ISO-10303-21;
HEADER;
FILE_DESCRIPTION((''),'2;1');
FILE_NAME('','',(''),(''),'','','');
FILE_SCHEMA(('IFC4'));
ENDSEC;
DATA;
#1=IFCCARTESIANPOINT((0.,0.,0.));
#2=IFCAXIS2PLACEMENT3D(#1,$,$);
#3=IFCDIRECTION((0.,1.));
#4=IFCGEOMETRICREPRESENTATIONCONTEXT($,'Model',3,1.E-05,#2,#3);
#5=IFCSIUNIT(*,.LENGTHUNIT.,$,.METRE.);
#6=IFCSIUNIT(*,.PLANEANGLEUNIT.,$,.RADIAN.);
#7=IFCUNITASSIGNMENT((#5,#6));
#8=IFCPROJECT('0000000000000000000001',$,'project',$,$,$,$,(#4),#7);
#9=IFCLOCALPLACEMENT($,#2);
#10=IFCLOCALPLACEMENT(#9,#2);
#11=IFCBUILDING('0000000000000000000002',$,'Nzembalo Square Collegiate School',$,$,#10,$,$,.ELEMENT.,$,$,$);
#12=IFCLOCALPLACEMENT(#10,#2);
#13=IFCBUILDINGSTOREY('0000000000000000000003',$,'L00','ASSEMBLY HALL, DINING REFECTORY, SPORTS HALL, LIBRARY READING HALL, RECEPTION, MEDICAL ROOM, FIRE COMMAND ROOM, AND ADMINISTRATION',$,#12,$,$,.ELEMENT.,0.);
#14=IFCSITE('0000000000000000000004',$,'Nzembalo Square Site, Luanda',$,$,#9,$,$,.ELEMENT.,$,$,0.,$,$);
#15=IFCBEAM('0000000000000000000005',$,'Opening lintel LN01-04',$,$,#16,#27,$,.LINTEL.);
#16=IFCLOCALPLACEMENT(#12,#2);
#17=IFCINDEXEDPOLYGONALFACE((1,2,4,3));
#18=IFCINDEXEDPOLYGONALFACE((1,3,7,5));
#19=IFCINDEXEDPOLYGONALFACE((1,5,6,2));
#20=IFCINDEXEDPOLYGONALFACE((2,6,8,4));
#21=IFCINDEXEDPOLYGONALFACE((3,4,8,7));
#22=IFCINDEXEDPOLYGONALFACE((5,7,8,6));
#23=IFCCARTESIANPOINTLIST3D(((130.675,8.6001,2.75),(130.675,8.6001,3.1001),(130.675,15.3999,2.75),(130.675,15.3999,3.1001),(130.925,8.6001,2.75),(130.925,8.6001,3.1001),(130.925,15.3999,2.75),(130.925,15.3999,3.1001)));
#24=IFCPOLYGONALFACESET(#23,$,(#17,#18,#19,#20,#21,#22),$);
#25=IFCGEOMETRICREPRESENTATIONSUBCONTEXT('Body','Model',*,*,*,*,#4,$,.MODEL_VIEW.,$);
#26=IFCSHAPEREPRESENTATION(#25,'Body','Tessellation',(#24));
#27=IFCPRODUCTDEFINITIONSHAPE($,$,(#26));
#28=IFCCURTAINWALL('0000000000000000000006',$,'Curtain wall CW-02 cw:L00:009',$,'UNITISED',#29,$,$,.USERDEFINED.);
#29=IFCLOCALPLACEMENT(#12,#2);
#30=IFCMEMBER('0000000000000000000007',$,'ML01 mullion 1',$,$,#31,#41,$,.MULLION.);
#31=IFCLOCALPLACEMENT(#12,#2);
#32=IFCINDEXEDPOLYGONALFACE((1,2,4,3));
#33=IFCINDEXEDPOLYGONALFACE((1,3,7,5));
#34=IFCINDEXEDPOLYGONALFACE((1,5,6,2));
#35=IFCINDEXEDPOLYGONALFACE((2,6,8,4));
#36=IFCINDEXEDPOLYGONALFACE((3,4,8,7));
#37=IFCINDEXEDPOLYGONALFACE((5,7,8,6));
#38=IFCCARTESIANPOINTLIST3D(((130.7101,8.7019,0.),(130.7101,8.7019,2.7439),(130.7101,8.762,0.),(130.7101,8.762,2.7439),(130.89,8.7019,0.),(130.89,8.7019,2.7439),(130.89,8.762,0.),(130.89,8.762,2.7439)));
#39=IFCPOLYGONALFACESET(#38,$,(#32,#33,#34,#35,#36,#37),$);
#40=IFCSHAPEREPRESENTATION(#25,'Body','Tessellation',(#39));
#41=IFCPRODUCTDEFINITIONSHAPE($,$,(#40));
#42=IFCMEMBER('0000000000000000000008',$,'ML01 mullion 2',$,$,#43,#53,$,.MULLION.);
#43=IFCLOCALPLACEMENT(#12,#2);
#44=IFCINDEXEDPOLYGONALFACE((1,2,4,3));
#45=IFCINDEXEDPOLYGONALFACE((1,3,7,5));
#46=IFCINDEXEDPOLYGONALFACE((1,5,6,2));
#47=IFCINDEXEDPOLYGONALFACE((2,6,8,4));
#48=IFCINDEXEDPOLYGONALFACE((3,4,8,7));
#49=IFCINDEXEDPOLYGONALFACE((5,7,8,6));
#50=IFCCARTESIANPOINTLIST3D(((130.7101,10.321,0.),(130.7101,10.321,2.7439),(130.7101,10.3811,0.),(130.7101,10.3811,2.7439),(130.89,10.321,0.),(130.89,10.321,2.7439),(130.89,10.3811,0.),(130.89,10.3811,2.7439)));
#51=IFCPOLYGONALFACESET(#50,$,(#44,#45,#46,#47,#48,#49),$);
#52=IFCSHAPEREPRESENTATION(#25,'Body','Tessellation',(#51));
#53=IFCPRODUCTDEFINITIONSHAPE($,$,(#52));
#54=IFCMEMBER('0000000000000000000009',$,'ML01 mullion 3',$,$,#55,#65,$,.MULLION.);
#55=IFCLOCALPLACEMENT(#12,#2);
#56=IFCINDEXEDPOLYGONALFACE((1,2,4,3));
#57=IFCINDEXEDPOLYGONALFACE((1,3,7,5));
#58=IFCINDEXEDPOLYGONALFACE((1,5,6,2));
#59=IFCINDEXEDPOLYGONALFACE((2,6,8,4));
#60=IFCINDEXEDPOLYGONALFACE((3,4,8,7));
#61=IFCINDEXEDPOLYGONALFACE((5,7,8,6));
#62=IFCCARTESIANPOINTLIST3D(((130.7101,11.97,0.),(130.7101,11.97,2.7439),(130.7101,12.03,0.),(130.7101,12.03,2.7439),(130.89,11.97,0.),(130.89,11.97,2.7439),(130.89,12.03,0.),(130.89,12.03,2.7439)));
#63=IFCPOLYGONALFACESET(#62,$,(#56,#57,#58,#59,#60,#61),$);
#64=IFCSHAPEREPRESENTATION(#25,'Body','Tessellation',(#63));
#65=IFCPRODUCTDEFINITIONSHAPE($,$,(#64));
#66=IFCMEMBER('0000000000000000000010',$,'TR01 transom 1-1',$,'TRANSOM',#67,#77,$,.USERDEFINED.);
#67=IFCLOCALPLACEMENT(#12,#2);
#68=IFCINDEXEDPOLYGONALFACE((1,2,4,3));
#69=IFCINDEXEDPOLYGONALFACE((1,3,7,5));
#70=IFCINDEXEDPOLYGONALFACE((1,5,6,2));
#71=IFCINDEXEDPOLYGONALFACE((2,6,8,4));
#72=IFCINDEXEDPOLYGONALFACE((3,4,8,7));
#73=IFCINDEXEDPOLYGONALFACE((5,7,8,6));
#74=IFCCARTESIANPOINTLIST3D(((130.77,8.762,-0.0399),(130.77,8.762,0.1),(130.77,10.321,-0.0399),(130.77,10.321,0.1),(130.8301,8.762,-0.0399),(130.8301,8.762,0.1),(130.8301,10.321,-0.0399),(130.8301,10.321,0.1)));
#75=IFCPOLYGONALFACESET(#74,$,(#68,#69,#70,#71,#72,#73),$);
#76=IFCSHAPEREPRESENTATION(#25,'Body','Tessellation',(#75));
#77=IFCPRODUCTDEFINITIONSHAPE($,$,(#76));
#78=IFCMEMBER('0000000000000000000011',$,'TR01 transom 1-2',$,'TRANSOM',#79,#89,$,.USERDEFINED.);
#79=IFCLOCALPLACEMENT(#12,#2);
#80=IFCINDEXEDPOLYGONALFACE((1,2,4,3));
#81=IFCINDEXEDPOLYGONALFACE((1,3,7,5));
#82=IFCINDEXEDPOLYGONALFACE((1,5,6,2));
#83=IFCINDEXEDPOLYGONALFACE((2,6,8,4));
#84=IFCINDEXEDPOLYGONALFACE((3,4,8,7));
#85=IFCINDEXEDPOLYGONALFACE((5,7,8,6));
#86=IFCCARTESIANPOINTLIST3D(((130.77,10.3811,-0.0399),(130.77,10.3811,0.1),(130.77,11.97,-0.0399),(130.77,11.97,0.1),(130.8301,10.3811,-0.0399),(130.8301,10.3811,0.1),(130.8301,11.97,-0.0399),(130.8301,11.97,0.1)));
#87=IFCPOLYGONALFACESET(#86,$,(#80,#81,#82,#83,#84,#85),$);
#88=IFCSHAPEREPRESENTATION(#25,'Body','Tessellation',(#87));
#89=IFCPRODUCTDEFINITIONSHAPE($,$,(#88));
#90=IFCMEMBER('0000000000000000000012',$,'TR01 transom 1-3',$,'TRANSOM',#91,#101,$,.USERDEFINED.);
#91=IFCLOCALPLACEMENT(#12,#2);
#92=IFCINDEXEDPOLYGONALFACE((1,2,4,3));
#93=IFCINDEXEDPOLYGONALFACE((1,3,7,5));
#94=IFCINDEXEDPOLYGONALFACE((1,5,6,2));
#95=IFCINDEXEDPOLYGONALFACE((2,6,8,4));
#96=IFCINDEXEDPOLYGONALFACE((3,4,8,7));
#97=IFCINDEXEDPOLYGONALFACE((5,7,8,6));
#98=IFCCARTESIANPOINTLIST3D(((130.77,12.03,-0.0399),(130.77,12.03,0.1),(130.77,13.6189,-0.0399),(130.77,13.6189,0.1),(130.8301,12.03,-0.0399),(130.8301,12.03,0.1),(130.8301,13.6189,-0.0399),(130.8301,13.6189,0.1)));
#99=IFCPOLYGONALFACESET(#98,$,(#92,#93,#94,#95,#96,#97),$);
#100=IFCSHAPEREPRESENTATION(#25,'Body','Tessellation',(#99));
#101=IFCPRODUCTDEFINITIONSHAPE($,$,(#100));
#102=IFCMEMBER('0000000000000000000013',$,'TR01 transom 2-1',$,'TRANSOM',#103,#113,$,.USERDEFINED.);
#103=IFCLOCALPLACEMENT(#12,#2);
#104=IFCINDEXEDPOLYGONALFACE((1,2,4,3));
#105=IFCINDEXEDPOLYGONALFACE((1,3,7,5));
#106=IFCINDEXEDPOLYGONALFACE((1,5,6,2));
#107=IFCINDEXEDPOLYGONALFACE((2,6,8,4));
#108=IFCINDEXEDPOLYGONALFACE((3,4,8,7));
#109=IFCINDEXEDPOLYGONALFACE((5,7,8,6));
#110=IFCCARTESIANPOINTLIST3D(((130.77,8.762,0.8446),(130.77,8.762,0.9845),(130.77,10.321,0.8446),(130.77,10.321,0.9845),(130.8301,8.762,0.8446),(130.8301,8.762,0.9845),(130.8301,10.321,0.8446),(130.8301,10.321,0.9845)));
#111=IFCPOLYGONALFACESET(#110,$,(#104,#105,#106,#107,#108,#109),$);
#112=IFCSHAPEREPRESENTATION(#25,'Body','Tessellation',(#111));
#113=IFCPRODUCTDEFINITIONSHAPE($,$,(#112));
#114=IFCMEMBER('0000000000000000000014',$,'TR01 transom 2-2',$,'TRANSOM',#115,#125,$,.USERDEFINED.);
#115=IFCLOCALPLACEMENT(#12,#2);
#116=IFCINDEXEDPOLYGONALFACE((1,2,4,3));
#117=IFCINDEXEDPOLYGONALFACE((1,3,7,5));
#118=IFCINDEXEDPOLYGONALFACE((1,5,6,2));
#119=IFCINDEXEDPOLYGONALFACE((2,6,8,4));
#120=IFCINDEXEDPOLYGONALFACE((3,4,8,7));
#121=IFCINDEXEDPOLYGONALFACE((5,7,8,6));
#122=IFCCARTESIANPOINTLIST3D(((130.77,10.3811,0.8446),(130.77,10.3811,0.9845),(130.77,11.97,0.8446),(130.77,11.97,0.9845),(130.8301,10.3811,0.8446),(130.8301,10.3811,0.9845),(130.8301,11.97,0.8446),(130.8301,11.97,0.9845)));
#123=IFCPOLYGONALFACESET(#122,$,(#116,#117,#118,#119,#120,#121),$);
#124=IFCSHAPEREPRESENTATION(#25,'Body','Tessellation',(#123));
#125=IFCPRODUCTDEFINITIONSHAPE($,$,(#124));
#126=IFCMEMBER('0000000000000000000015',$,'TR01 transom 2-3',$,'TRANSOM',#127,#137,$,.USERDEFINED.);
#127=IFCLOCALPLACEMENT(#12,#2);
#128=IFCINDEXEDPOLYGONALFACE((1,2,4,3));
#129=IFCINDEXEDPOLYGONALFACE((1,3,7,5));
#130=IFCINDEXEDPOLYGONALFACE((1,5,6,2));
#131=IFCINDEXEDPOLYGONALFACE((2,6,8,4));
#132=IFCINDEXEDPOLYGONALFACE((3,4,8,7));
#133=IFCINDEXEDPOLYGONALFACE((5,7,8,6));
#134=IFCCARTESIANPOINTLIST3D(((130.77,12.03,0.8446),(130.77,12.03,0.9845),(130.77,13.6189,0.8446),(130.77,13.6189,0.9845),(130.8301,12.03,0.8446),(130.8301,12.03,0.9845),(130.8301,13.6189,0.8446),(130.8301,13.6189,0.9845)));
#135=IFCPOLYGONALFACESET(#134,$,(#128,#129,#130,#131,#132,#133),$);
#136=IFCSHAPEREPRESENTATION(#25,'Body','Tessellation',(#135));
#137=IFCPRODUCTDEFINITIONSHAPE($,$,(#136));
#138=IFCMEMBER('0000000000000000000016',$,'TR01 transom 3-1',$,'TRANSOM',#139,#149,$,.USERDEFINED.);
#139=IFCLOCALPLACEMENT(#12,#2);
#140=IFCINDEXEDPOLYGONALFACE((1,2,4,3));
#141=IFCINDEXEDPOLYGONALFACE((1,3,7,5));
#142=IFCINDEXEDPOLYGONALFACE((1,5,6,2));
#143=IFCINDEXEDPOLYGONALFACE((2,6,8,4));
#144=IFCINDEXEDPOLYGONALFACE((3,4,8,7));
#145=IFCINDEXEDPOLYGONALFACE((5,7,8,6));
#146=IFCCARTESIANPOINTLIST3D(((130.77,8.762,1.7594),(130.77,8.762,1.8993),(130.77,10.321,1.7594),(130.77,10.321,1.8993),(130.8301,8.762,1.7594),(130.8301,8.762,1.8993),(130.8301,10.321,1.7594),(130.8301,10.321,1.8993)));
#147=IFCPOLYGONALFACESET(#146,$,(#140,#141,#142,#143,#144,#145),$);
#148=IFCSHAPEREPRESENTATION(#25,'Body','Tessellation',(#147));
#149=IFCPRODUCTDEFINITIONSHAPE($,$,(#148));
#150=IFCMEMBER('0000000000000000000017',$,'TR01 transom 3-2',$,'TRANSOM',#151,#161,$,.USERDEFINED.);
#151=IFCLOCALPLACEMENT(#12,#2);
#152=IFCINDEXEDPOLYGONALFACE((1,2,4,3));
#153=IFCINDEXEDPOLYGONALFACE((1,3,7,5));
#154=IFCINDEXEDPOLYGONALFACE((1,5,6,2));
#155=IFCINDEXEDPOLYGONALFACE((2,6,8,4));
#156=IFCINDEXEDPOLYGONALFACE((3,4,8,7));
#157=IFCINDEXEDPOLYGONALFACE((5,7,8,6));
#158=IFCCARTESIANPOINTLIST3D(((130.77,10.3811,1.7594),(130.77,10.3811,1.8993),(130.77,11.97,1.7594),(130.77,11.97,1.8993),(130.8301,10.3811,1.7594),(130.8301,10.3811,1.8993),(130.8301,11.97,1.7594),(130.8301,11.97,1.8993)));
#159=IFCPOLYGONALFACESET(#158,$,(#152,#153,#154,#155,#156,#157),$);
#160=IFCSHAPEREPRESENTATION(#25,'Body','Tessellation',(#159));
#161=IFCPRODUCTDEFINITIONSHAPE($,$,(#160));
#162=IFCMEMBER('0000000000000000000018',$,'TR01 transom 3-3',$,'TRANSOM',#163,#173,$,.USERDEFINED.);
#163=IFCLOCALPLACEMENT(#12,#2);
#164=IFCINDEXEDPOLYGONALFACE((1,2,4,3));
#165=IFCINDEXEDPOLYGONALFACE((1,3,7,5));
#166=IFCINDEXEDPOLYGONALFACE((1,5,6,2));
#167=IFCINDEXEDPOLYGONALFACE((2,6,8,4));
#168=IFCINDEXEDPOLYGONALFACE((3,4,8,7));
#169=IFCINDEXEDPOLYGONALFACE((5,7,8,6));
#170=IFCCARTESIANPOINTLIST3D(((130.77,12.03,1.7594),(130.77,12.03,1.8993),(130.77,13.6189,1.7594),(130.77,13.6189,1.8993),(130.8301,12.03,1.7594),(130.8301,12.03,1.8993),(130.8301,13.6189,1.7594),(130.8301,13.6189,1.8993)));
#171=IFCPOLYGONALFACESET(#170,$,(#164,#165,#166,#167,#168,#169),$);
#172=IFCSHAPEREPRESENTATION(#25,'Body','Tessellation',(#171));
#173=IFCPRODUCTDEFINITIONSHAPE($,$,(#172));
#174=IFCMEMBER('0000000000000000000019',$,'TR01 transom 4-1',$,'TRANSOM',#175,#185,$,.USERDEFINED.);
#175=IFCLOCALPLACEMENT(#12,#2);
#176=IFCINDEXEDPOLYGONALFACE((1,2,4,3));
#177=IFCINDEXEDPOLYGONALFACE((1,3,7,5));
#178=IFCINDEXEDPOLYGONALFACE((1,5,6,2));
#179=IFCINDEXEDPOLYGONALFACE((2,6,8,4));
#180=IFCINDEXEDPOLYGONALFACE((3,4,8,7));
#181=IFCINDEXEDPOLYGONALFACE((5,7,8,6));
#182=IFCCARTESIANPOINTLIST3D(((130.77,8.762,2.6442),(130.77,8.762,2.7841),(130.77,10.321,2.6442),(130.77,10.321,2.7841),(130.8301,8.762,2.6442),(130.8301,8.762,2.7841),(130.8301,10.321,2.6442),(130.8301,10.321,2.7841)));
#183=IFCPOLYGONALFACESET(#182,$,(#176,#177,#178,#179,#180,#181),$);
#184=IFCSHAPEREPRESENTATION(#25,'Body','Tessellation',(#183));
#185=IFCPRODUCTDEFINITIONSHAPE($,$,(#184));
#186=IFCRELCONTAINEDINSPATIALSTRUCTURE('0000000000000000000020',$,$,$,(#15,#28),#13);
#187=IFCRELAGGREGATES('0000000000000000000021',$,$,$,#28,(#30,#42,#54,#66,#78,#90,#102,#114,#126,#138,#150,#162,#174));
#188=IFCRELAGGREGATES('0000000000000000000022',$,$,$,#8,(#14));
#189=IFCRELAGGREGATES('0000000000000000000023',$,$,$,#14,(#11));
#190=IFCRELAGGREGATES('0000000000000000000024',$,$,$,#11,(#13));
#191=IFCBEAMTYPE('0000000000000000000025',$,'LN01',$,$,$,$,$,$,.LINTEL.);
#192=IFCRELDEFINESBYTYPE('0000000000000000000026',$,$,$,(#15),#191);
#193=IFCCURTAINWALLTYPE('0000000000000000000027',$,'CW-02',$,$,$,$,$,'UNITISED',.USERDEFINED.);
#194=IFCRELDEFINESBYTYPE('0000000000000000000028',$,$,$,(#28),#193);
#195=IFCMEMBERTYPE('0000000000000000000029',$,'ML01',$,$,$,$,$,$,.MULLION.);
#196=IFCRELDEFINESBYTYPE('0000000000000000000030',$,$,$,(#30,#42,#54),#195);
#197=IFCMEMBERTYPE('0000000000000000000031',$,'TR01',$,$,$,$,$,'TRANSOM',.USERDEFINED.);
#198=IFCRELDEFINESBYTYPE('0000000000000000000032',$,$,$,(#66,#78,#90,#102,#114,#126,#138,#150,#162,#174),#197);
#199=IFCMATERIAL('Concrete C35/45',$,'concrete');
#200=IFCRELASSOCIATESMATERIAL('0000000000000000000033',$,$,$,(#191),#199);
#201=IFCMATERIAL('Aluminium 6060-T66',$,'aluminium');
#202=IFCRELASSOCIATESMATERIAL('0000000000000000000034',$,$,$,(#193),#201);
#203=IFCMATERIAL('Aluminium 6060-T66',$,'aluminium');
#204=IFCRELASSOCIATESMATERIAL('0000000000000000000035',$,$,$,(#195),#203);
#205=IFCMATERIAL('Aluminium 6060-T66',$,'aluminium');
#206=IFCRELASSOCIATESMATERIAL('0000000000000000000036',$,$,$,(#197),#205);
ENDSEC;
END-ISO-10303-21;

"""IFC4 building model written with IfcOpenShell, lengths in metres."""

from ifc_helpers import new_model, si_unit, direction, frame, origin, origin_2d, place, context, subcontext, project, spatial, rectangle, extrude, material, material_profile, profile_set, type_object, element, aggregate, save


model = new_model("IFC4")

# Units and contexts
model_context = context("Model", 3, precision=1e-05, world=origin(), true_north=direction((0.0, 1.0)))
body_context = subcontext(model_context, "Body", "Model", "MODEL_VIEW")
ifc_project = project(units=[si_unit("LENGTHUNIT", "METRE"), si_unit("PLANEANGLEUNIT", "RADIAN")], contexts=[model_context])

# Site, building, storey
site_placement = place(None, origin())
site = spatial("IfcSite", under=ifc_project, at=site_placement, Name="Nzembalo Square Site, Luanda", CompositionType="ELEMENT", RefElevation=0.0)
building_placement = place(site_placement, origin())
building = spatial("IfcBuilding", under=site, at=building_placement, Name="Nzembalo Square Collegiate School", CompositionType="ELEMENT")
storey_placement = place(building_placement, origin())
storey = spatial("IfcBuildingStorey", under=building, at=storey_placement, Name="L00", Description="ASSEMBLY HALL, DINING REFECTORY, SPORTS HALL, LIBRARY READING HALL, RECEPTION, MEDICAL ROOM, FIRE COMMAND ROOM, AND ADMINISTRATION", CompositionType="ELEMENT", Elevation=0.0)

# Beam
ifc_material_1 = material(Name="Concrete C35/45", Category="concrete")
ifc_material_profile_1 = material_profile(ifc_material_1, rectangle(XDim=0.25, YDim=0.3501, at=origin_2d()), Name="RC 250x350")
ifc_profile_set_1 = profile_set([ifc_material_profile_1], Name="Concrete C35/45")
beam_type = type_object("IfcBeamType", Name="LN01", PredefinedType="LINTEL", material=ifc_profile_set_1)
beam_placement = place(storey_placement, frame((130.8, 8.6001, 2.925), z_axis=(0.0, 1.0, 0.0), x_axis=(-1.0, 0.0, 0.0)))
element("IfcBeam", 1, at=beam_placement, inside=storey, type_object=beam_type, Name="Opening lintel LN01-04", PredefinedType="LINTEL", context=body_context, shape_type="SweptSolid", body=[
    extrude(rectangle(XDim=0.25, YDim=0.3501, at=origin_2d()), origin(), (0.0, 0.0, 1.0), 6.7998),
])

# Curtain wall, members
ifc_material_2 = material(Name="Aluminium 6060-T66", Category="aluminium")
curtain_wall_type = type_object("IfcCurtainWallType", Name="CW-02", ElementType="UNITISED", PredefinedType="USERDEFINED", material=ifc_material_2)
curtain_wall_placement = place(storey_placement, origin())
curtain_wall = element("IfcCurtainWall", 2, at=curtain_wall_placement, inside=storey, type_object=curtain_wall_type, Name="Curtain wall CW-02 cw:L00:009", ObjectType="UNITISED", PredefinedType="USERDEFINED")
ifc_material_3 = material(Name="Aluminium 6060-T66", Category="aluminium")
ifc_material_profile_2 = material_profile(ifc_material_3, rectangle(XDim=0.0601, YDim=0.1799, at=origin_2d()), Name="ALU M60x180")
ifc_profile_set_2 = profile_set([ifc_material_profile_2], Name="Aluminium 6060-T66")
member_type_1 = type_object("IfcMemberType", Name="ML01", PredefinedType="MULLION", material=ifc_profile_set_2)
member_1_placement = place(storey_placement, frame((130.8, 8.7319, 0.0), z_axis=(0.0, 0.0, 1.0), x_axis=(0.0, 1.0, 0.0)))
member_1 = element("IfcMember", 3, at=member_1_placement, type_object=member_type_1, Name="ML01 mullion 1", PredefinedType="MULLION", context=body_context, shape_type="SweptSolid", body=[
    extrude(rectangle(XDim=0.0601, YDim=0.1799, at=origin_2d()), origin(), (0.0, 0.0, 1.0), 2.7439),
])
member_2_placement = place(storey_placement, frame((130.8, 10.3511, 0.0), z_axis=(0.0, 0.0, 1.0), x_axis=(0.0, 1.0, 0.0)))
member_2 = element("IfcMember", 4, at=member_2_placement, type_object=member_type_1, Name="ML01 mullion 2", PredefinedType="MULLION", context=body_context, shape_type="SweptSolid", body=[
    extrude(rectangle(XDim=0.0601, YDim=0.1799, at=origin_2d()), origin(), (0.0, 0.0, 1.0), 2.7439),
])
member_3_placement = place(storey_placement, frame((130.8, 12.0, 0.0), z_axis=(0.0, 0.0, 1.0), x_axis=(0.0, 1.0, 0.0)))
member_3 = element("IfcMember", 5, at=member_3_placement, type_object=member_type_1, Name="ML01 mullion 3", PredefinedType="MULLION", context=body_context, shape_type="SweptSolid", body=[
    extrude(rectangle(XDim=0.0601, YDim=0.1799, at=origin_2d()), origin(), (0.0, 0.0, 1.0), 2.7439),
])
ifc_material_4 = material(Name="Aluminium 6060-T66", Category="aluminium")
ifc_material_profile_3 = material_profile(ifc_material_4, rectangle(XDim=0.0601, YDim=0.1399, at=origin_2d()), Name="ALU T60x140")
ifc_profile_set_3 = profile_set([ifc_material_profile_3], Name="Aluminium 6060-T66")
member_type_2 = type_object("IfcMemberType", Name="TR01", ElementType="TRANSOM", PredefinedType="USERDEFINED", material=ifc_profile_set_3)
member_4_placement = place(storey_placement, frame((130.8, 8.762, 0.03), z_axis=(0.0, 1.0, 0.0), x_axis=(-1.0, 0.0, 0.0)))
member_4 = element("IfcMember", 6, at=member_4_placement, type_object=member_type_2, Name="TR01 transom 1-1", ObjectType="TRANSOM", PredefinedType="USERDEFINED", context=body_context, shape_type="SweptSolid", body=[
    extrude(rectangle(XDim=0.0601, YDim=0.1399, at=origin_2d()), origin(), (0.0, 0.0, 1.0), 1.5591),
])
member_5_placement = place(storey_placement, frame((130.8, 10.3811, 0.03), z_axis=(0.0, 1.0, 0.0), x_axis=(-1.0, 0.0, 0.0)))
member_5 = element("IfcMember", 7, at=member_5_placement, type_object=member_type_2, Name="TR01 transom 1-2", ObjectType="TRANSOM", PredefinedType="USERDEFINED", context=body_context, shape_type="SweptSolid", body=[
    extrude(rectangle(XDim=0.0601, YDim=0.1399, at=origin_2d()), origin(), (0.0, 0.0, 1.0), 1.5889),
])
member_6_placement = place(storey_placement, frame((130.8, 12.03, 0.03), z_axis=(0.0, 1.0, 0.0), x_axis=(-1.0, 0.0, 0.0)))
member_6 = element("IfcMember", 8, at=member_6_placement, type_object=member_type_2, Name="TR01 transom 1-3", ObjectType="TRANSOM", PredefinedType="USERDEFINED", context=body_context, shape_type="SweptSolid", body=[
    extrude(rectangle(XDim=0.0601, YDim=0.1399, at=origin_2d()), origin(), (0.0, 0.0, 1.0), 1.5889),
])
member_7_placement = place(storey_placement, frame((130.8, 8.762, 0.9146), z_axis=(0.0, 1.0, 0.0), x_axis=(-1.0, 0.0, 0.0)))
member_7 = element("IfcMember", 9, at=member_7_placement, type_object=member_type_2, Name="TR01 transom 2-1", ObjectType="TRANSOM", PredefinedType="USERDEFINED", context=body_context, shape_type="SweptSolid", body=[
    extrude(rectangle(XDim=0.0601, YDim=0.1399, at=origin_2d()), origin(), (0.0, 0.0, 1.0), 1.5591),
])
member_8_placement = place(storey_placement, frame((130.8, 10.3811, 0.9146), z_axis=(0.0, 1.0, 0.0), x_axis=(-1.0, 0.0, 0.0)))
member_8 = element("IfcMember", 10, at=member_8_placement, type_object=member_type_2, Name="TR01 transom 2-2", ObjectType="TRANSOM", PredefinedType="USERDEFINED", context=body_context, shape_type="SweptSolid", body=[
    extrude(rectangle(XDim=0.0601, YDim=0.1399, at=origin_2d()), origin(), (0.0, 0.0, 1.0), 1.5889),
])
member_9_placement = place(storey_placement, frame((130.8, 12.03, 0.9146), z_axis=(0.0, 1.0, 0.0), x_axis=(-1.0, 0.0, 0.0)))
member_9 = element("IfcMember", 11, at=member_9_placement, type_object=member_type_2, Name="TR01 transom 2-3", ObjectType="TRANSOM", PredefinedType="USERDEFINED", context=body_context, shape_type="SweptSolid", body=[
    extrude(rectangle(XDim=0.0601, YDim=0.1399, at=origin_2d()), origin(), (0.0, 0.0, 1.0), 1.5889),
])
member_10_placement = place(storey_placement, frame((130.8, 8.762, 1.8293), z_axis=(0.0, 1.0, 0.0), x_axis=(-1.0, 0.0, 0.0)))
member_10 = element("IfcMember", 12, at=member_10_placement, type_object=member_type_2, Name="TR01 transom 3-1", ObjectType="TRANSOM", PredefinedType="USERDEFINED", context=body_context, shape_type="SweptSolid", body=[
    extrude(rectangle(XDim=0.0601, YDim=0.1399, at=origin_2d()), origin(), (0.0, 0.0, 1.0), 1.5591),
])
member_11_placement = place(storey_placement, frame((130.8, 10.3811, 1.8293), z_axis=(0.0, 1.0, 0.0), x_axis=(-1.0, 0.0, 0.0)))
member_11 = element("IfcMember", 13, at=member_11_placement, type_object=member_type_2, Name="TR01 transom 3-2", ObjectType="TRANSOM", PredefinedType="USERDEFINED", context=body_context, shape_type="SweptSolid", body=[
    extrude(rectangle(XDim=0.0601, YDim=0.1399, at=origin_2d()), origin(), (0.0, 0.0, 1.0), 1.5889),
])
member_12_placement = place(storey_placement, frame((130.8, 12.03, 1.8293), z_axis=(0.0, 1.0, 0.0), x_axis=(-1.0, 0.0, 0.0)))
member_12 = element("IfcMember", 14, at=member_12_placement, type_object=member_type_2, Name="TR01 transom 3-3", ObjectType="TRANSOM", PredefinedType="USERDEFINED", context=body_context, shape_type="SweptSolid", body=[
    extrude(rectangle(XDim=0.0601, YDim=0.1399, at=origin_2d()), origin(), (0.0, 0.0, 1.0), 1.5889),
])
member_13_placement = place(storey_placement, frame((130.8, 8.762, 2.7141), z_axis=(0.0, 1.0, 0.0), x_axis=(-1.0, 0.0, 0.0)))
member_13 = element("IfcMember", 15, at=member_13_placement, type_object=member_type_2, Name="TR01 transom 4-1", ObjectType="TRANSOM", PredefinedType="USERDEFINED", context=body_context, shape_type="SweptSolid", body=[
    extrude(rectangle(XDim=0.0601, YDim=0.1399, at=origin_2d()), origin(), (0.0, 0.0, 1.0), 1.5591),
])
aggregate(curtain_wall, [member_1, member_2, member_3, member_4, member_5, member_6, member_7, member_8, member_9, member_10, member_11, member_12, member_13])

save(model, "model.ifc")
